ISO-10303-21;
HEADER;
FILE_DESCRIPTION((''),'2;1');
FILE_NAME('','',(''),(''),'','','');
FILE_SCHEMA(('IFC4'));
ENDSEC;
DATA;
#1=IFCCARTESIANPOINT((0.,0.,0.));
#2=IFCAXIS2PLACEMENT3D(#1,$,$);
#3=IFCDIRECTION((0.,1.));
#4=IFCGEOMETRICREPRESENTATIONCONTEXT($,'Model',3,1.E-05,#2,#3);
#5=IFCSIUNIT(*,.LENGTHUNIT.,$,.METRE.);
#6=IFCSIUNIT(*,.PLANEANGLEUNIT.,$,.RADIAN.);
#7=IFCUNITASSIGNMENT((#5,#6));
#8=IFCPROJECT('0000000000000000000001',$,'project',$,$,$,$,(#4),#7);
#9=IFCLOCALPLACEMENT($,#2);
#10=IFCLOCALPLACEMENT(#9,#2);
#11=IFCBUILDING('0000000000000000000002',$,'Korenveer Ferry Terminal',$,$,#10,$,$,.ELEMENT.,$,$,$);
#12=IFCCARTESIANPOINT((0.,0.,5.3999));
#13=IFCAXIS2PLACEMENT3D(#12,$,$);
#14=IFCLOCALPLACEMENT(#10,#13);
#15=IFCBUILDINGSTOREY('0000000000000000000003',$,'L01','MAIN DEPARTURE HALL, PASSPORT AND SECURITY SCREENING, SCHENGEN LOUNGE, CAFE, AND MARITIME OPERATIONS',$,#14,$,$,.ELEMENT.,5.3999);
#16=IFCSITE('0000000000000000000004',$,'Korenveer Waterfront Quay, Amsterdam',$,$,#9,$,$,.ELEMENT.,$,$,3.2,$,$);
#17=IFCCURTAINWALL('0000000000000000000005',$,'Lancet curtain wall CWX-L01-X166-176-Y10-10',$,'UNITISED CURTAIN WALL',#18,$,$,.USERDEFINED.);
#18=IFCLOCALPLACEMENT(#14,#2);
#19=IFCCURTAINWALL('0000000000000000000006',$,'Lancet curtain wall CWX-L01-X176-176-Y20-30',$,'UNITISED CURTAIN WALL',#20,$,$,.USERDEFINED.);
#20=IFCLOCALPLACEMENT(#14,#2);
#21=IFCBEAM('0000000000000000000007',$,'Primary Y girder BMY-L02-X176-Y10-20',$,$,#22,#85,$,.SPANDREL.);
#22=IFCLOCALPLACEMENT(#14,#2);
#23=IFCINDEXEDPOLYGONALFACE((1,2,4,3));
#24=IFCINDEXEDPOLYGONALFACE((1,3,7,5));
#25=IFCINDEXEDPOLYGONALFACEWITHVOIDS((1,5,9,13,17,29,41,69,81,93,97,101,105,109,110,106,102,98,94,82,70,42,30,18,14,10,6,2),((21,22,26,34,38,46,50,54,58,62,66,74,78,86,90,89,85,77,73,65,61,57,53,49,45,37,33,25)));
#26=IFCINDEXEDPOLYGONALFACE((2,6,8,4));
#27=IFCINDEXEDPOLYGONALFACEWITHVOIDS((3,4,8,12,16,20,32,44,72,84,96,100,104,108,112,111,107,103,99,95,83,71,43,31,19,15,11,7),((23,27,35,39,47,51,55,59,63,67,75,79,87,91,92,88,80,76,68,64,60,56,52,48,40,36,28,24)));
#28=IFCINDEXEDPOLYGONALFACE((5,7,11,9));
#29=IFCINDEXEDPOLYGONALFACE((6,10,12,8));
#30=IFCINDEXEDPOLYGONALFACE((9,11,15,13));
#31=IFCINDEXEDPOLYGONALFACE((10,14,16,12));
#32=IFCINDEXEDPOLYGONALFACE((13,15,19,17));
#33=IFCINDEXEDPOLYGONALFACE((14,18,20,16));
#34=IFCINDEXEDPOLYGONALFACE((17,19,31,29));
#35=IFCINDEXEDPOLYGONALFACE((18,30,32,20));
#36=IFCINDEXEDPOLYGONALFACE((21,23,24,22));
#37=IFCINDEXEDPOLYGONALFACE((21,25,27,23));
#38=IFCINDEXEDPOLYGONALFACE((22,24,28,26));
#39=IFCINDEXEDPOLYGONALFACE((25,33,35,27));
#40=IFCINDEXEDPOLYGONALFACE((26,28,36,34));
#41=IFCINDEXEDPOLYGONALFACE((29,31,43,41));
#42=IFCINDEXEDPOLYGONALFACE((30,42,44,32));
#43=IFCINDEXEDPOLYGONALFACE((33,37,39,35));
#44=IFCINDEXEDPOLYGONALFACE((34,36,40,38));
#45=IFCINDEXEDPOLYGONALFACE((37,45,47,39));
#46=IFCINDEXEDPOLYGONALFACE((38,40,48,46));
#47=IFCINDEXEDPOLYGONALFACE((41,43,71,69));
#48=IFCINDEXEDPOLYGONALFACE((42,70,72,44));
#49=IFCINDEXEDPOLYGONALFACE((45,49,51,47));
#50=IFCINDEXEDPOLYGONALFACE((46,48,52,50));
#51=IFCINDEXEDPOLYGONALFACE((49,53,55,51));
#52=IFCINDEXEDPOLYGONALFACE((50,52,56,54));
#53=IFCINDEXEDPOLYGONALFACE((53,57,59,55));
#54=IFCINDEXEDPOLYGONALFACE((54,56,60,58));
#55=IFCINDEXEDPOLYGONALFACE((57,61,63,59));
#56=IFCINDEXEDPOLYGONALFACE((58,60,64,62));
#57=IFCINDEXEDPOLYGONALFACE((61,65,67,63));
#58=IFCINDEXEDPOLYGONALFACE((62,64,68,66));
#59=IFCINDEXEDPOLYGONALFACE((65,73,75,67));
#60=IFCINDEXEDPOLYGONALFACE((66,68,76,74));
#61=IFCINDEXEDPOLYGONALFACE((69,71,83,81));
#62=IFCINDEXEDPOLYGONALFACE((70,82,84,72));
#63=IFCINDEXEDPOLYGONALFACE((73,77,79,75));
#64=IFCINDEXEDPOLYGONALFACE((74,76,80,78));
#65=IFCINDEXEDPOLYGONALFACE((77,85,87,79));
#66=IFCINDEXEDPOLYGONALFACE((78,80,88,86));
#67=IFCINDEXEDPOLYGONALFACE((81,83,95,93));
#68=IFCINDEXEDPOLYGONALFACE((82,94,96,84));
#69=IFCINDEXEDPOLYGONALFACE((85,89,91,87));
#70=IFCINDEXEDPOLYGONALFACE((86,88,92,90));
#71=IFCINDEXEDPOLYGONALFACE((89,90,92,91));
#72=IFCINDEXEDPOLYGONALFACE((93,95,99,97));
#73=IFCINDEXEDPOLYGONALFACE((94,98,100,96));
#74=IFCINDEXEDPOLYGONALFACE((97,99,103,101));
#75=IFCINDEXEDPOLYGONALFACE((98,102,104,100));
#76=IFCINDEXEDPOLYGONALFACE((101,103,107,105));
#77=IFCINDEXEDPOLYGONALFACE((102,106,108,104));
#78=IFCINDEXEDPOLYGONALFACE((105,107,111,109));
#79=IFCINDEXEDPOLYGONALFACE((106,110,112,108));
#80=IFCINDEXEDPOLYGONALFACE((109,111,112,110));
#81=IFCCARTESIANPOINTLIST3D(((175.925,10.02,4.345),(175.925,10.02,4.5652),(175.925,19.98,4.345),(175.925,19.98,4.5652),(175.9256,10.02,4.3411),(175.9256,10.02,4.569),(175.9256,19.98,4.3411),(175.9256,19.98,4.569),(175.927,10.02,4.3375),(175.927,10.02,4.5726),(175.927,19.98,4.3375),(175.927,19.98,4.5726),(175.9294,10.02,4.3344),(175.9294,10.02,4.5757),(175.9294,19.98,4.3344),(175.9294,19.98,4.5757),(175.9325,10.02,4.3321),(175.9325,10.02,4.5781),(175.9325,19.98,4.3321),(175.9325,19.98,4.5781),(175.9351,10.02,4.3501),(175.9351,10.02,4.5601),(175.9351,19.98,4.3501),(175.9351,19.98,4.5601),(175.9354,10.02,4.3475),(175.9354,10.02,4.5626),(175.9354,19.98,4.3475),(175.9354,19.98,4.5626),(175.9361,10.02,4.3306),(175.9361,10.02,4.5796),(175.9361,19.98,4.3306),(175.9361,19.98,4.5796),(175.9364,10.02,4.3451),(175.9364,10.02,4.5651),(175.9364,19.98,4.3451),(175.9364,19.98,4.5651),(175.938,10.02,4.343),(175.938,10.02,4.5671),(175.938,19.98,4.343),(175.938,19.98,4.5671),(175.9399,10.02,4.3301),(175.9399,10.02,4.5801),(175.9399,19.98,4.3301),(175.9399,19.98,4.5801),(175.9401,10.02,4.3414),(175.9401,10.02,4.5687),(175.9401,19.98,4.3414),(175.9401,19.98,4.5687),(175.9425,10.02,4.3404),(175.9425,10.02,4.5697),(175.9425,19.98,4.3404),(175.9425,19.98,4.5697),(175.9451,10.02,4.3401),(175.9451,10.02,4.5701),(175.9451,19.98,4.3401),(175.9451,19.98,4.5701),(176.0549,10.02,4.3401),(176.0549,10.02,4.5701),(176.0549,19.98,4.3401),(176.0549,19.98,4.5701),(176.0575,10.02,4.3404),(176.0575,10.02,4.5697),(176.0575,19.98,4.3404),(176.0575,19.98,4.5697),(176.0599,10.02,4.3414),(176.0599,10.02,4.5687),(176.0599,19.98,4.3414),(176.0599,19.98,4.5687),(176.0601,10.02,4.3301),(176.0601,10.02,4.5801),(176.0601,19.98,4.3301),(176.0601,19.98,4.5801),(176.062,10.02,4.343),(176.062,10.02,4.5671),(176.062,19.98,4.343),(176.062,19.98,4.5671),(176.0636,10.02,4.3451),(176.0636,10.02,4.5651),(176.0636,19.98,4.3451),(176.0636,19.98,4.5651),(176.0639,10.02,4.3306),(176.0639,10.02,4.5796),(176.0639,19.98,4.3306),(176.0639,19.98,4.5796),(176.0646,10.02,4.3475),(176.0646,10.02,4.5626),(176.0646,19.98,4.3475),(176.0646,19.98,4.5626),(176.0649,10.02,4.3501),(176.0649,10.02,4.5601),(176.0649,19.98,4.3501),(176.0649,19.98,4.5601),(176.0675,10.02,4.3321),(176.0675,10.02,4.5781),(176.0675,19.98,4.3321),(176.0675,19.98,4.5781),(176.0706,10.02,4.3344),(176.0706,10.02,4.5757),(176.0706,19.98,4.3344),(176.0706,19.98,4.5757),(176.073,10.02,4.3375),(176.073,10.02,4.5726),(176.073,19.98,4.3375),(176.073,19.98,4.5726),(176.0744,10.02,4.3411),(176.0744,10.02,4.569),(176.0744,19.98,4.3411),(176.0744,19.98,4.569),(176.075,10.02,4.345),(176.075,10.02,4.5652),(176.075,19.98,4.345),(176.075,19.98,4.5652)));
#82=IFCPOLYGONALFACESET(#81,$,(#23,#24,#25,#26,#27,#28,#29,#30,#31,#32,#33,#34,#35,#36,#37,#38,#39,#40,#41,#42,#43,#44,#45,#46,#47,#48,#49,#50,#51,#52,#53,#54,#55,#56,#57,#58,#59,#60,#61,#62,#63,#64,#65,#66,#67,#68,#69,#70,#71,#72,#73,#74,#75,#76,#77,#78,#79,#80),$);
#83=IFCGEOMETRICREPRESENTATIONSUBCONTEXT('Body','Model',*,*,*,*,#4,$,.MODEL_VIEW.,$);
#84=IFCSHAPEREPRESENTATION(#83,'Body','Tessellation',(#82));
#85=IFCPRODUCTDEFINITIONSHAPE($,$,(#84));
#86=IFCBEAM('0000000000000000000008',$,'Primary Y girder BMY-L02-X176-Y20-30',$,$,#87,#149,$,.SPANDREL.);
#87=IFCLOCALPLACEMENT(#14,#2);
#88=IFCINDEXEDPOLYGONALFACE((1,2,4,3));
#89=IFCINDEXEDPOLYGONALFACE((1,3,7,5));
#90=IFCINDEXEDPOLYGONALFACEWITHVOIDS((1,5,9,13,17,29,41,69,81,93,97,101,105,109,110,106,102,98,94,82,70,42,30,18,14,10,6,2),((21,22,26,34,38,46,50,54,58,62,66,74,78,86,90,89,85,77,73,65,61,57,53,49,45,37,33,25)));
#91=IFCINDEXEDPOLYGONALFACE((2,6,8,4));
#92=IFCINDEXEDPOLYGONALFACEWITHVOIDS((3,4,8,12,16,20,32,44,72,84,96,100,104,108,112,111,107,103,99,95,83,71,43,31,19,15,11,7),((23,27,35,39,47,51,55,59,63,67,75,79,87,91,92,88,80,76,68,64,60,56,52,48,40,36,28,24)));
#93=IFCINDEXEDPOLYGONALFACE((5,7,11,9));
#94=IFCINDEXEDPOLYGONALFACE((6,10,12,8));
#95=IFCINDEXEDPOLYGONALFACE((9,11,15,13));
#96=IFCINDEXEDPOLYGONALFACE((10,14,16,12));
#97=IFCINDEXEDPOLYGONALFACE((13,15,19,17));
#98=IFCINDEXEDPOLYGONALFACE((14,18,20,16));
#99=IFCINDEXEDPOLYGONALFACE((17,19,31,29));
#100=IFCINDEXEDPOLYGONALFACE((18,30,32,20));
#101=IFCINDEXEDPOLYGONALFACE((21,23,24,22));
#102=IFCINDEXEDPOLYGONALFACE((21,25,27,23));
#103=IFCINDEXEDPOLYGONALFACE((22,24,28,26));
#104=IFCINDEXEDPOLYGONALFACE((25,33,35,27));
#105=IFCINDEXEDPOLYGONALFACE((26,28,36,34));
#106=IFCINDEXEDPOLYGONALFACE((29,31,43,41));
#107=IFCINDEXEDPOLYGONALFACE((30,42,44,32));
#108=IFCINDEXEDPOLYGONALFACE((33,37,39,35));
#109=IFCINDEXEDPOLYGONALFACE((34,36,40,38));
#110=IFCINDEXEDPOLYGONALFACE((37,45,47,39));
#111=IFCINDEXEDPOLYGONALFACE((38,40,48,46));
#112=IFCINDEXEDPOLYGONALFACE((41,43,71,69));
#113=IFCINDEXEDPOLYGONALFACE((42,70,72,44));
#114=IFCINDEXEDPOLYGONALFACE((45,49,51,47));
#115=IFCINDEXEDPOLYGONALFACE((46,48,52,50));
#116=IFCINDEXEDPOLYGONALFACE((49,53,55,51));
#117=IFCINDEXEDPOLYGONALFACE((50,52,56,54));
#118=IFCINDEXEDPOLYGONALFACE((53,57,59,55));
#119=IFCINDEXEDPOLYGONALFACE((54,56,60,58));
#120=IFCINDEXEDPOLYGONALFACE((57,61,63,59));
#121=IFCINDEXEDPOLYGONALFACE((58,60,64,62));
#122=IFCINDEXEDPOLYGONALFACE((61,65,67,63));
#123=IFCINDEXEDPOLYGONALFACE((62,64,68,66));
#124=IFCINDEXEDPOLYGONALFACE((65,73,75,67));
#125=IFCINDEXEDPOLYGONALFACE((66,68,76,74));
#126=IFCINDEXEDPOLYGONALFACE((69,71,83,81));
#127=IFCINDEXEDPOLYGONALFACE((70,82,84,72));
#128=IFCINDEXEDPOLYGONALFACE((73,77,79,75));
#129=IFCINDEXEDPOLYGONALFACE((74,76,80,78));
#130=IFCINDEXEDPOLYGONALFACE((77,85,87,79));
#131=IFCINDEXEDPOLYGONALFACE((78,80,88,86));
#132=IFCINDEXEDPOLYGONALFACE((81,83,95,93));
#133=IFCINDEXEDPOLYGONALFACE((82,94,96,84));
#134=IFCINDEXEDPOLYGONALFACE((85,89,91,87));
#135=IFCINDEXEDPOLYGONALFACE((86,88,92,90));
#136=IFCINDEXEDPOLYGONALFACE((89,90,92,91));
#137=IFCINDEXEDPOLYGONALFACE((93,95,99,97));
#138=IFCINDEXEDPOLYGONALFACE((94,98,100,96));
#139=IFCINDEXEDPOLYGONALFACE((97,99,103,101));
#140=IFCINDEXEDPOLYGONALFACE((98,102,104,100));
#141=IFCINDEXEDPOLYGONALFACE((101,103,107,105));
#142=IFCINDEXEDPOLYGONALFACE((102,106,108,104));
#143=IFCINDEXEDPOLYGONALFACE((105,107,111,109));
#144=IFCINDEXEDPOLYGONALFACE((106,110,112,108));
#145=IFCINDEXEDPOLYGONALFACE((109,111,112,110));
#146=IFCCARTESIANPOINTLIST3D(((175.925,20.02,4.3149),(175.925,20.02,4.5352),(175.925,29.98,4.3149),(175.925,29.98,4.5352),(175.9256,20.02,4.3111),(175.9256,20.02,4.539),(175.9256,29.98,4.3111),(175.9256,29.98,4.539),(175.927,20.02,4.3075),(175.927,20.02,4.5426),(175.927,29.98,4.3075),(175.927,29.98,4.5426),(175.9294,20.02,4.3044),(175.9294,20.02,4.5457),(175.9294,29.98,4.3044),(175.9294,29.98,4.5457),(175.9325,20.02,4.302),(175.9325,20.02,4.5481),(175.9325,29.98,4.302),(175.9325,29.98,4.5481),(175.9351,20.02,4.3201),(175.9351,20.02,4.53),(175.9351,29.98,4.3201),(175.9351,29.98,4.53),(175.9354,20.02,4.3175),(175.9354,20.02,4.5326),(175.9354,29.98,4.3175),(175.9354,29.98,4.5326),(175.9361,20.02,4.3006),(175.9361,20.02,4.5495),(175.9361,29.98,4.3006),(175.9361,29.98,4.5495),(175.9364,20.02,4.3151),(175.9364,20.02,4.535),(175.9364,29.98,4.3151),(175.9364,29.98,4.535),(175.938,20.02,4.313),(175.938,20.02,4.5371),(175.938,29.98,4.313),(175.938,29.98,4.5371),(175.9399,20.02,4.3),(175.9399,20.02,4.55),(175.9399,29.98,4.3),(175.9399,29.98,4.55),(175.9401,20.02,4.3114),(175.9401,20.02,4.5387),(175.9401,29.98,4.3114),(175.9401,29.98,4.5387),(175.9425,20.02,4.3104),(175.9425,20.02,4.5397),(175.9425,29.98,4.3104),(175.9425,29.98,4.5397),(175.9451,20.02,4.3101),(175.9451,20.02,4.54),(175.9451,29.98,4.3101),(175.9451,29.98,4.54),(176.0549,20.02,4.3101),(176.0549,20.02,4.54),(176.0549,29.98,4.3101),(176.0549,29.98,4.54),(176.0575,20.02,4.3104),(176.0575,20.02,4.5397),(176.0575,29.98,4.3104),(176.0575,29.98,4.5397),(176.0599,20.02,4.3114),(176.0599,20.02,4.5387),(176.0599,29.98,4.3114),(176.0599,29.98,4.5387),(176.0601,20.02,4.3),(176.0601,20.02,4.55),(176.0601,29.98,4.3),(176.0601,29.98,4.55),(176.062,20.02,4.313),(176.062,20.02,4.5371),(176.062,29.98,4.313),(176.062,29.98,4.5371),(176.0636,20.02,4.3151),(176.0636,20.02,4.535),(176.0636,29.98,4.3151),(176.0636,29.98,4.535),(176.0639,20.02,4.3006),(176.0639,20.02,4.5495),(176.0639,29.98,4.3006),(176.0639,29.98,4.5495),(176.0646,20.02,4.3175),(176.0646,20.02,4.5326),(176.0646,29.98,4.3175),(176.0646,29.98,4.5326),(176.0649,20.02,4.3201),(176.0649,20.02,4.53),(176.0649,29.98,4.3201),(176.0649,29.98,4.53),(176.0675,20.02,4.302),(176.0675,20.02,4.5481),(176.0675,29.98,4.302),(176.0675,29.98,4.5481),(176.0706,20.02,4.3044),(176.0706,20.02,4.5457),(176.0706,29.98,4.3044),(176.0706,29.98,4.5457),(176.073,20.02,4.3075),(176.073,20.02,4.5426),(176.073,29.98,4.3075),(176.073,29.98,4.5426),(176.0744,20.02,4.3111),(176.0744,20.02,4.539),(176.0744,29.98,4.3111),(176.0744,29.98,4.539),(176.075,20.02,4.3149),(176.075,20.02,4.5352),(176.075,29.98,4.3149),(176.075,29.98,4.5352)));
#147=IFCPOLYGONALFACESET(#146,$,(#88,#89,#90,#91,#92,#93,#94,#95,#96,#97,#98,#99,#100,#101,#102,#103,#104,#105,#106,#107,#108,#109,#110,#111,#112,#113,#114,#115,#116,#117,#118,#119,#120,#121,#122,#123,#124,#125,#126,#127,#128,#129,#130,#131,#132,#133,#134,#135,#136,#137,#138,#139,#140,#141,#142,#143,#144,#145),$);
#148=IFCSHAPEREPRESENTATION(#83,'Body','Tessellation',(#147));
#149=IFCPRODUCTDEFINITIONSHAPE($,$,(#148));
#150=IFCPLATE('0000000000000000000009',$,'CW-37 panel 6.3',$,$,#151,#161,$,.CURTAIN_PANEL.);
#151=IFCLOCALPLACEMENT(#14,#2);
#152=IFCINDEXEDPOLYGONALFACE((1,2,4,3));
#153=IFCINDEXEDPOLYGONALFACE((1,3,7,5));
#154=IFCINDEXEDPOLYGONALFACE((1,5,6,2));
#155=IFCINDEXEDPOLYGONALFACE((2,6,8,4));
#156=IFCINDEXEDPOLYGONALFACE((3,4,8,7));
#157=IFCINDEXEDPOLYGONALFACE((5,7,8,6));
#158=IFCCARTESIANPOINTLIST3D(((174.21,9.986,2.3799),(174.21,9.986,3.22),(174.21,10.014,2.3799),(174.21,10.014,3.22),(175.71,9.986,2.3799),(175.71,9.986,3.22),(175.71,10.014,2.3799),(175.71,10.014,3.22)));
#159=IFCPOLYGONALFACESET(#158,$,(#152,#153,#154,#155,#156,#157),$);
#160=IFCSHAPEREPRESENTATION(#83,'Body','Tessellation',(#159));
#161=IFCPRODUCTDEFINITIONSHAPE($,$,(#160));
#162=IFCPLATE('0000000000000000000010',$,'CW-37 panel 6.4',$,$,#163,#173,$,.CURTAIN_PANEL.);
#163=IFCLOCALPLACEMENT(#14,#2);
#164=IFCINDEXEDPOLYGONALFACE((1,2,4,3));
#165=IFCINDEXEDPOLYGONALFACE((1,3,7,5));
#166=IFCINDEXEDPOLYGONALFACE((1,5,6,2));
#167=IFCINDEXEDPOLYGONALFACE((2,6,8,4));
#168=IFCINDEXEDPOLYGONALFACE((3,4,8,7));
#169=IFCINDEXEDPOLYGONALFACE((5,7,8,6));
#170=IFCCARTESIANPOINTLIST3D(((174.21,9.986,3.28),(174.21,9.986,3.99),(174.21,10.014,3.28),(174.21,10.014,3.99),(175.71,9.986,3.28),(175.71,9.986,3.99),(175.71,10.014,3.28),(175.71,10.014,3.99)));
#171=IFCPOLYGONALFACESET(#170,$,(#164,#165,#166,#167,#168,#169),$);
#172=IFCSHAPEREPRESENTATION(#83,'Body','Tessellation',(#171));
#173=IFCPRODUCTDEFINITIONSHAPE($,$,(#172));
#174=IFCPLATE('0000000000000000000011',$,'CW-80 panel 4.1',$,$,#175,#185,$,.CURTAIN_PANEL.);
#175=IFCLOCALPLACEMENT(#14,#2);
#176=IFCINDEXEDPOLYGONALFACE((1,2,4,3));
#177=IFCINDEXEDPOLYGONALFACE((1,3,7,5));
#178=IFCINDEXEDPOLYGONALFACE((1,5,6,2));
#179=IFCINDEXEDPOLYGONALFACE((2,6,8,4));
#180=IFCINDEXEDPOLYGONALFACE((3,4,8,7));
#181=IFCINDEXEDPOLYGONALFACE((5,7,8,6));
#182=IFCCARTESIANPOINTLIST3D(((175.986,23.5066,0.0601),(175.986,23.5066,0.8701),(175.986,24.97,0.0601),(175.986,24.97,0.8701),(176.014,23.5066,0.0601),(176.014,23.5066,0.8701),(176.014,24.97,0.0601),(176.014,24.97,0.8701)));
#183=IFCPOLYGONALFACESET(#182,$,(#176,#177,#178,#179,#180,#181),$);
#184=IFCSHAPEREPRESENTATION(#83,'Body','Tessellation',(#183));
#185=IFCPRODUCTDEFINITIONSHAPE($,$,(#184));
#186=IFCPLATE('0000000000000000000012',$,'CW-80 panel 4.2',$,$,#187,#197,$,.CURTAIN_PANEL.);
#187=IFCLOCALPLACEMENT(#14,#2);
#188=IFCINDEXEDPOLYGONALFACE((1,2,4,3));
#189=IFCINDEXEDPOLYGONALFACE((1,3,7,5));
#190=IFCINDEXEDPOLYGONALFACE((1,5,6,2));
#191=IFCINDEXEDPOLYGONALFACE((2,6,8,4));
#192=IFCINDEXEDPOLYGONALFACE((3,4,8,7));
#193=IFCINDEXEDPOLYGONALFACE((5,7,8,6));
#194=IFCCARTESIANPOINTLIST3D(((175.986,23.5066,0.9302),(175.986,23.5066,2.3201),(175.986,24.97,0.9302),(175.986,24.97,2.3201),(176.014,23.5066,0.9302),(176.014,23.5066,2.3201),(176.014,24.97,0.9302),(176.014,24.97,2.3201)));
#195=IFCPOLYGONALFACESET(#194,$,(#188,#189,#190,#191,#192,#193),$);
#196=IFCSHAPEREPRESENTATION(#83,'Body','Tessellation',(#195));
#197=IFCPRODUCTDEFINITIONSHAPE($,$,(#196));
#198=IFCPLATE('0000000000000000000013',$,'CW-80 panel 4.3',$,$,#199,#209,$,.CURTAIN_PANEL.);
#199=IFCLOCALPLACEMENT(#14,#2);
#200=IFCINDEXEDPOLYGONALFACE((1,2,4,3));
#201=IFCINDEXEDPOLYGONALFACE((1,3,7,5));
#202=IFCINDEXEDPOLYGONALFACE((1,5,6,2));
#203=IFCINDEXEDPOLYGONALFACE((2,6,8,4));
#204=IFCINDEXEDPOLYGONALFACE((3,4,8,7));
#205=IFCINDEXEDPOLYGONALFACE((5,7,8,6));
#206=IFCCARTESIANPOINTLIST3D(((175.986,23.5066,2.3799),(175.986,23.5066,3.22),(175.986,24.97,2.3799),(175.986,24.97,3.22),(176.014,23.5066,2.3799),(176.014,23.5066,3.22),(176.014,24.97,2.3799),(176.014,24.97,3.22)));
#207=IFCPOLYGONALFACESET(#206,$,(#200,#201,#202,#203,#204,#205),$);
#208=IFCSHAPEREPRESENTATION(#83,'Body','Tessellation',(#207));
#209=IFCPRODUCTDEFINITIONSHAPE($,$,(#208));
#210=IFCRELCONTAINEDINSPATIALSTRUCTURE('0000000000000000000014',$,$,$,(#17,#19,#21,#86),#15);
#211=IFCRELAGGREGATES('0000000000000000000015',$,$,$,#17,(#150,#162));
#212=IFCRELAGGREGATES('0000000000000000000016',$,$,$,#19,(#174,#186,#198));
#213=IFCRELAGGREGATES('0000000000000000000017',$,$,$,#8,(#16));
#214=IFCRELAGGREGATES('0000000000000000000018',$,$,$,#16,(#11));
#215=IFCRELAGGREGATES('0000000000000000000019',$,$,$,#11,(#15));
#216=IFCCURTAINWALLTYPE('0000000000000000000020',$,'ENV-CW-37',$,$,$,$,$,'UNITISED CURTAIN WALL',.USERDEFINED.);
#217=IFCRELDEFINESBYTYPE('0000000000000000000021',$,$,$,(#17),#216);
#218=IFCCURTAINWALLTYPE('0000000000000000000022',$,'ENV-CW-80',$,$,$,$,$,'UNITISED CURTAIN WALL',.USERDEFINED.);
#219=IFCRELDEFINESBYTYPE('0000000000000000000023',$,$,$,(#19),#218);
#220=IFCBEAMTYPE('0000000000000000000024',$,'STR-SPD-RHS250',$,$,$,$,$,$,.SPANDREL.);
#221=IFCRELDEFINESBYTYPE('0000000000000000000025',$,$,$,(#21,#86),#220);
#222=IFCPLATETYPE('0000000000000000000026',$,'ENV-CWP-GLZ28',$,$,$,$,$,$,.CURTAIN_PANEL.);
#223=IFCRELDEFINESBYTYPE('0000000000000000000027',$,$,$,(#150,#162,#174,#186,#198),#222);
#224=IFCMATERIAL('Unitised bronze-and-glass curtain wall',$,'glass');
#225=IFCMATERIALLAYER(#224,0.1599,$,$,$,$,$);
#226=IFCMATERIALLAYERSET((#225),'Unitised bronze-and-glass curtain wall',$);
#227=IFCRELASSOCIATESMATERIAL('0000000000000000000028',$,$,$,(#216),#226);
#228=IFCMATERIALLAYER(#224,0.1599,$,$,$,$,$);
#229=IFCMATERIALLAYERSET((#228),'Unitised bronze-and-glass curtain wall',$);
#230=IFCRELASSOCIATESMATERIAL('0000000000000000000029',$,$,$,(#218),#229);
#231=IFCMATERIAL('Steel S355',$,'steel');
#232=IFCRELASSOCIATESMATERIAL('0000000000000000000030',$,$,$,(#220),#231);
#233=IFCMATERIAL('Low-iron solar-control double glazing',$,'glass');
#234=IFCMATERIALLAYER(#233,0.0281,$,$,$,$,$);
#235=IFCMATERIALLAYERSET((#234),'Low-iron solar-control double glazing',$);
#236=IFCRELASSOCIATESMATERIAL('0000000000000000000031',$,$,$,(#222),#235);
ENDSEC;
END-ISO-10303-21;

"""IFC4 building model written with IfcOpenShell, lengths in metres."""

from ifc_helpers import new_model, si_unit, direction, frame, origin, origin_2d, place, context, subcontext, project, spatial, rectangle, hollow_rectangle, extrude, material, layer, layer_set, material_profile, profile_set, type_object, element, aggregate, save


model = new_model("IFC4")

# Units and contexts
model_context = context("Model", 3, precision=1e-05, world=origin(), true_north=direction((0.0, 1.0)))
body_context = subcontext(model_context, "Body", "Model", "MODEL_VIEW")
ifc_project = project(units=[si_unit("LENGTHUNIT", "METRE"), si_unit("PLANEANGLEUNIT", "RADIAN")], contexts=[model_context])

# Site, building, storey
site_placement = place(None, origin())
site = spatial("IfcSite", under=ifc_project, at=site_placement, Name="Korenveer Waterfront Quay, Amsterdam", CompositionType="ELEMENT", RefElevation=3.2)
building_placement = place(site_placement, origin())
building = spatial("IfcBuilding", under=site, at=building_placement, Name="Korenveer Ferry Terminal", CompositionType="ELEMENT")
storey_placement = place(building_placement, frame((0.0, 0.0, 5.3999)))
storey = spatial("IfcBuildingStorey", under=building, at=storey_placement, Name="L01", Description="MAIN DEPARTURE HALL, PASSPORT AND SECURITY SCREENING, SCHENGEN LOUNGE, CAFE, AND MARITIME OPERATIONS", CompositionType="ELEMENT", Elevation=5.3999)

# Shared definitions
ifc_material_1 = material(Name="Steel S355", Category="steel")

# Curtain wall
ifc_material_2 = material(Name="Unitised bronze-and-glass curtain wall", Category="glass")
ifc_layer_1 = layer(ifc_material_2, 0.1599)
ifc_layer_set_1 = layer_set([ifc_layer_1], Name="Unitised bronze-and-glass curtain wall")
curtain_wall_type_1 = type_object("IfcCurtainWallType", Name="ENV-CW-37", ElementType="UNITISED CURTAIN WALL", PredefinedType="USERDEFINED", material=ifc_layer_set_1)
curtain_wall_1_placement = place(storey_placement, frame((166.23, 10.0, 0.0)))
curtain_wall_1 = element("IfcCurtainWall", 1, at=curtain_wall_1_placement, inside=storey, type_object=curtain_wall_type_1, Name="Lancet curtain wall CWX-L01-X166-176-Y10-10", ObjectType="UNITISED CURTAIN WALL", PredefinedType="USERDEFINED")

# Curtain wall
ifc_layer_2 = layer(ifc_material_2, 0.1599)
ifc_layer_set_2 = layer_set([ifc_layer_2], Name="Unitised bronze-and-glass curtain wall")
curtain_wall_type_2 = type_object("IfcCurtainWallType", Name="ENV-CW-80", ElementType="UNITISED CURTAIN WALL", PredefinedType="USERDEFINED", material=ifc_layer_set_2)
curtain_wall_2_placement = place(storey_placement, frame((176.0, 29.5701, 0.0)))
curtain_wall_2 = element("IfcCurtainWall", 2, at=curtain_wall_2_placement, inside=storey, type_object=curtain_wall_type_2, Name="Lancet curtain wall CWX-L01-X176-176-Y20-30", ObjectType="UNITISED CURTAIN WALL", PredefinedType="USERDEFINED")

# Beams
ifc_material_profile_1 = material_profile(ifc_material_1, hollow_rectangle(XDim=0.1499, YDim=0.25, WallThickness=0.01, InnerFilletRadius=0.01, OuterFilletRadius=0.0149, at=origin_2d()), Name="RHS 250x150x10")
ifc_profile_set_1 = profile_set([ifc_material_profile_1], Name="Steel S355")
beam_type_1 = type_object("IfcBeamType", Name="STR-SPD-RHS250", PredefinedType="SPANDREL", material=ifc_profile_set_1)
for number, where, z_axis, x_axis, name in (
    (3, (176.0, 10.02, 4.4551), (0.0, 1.0, 0.0), (-1.0, 0.0, 0.0), "Primary Y girder BMY-L02-X176-Y10-20"),
    (4, (176.0, 20.02, 4.425), (0.0, 1.0, 0.0), (-1.0, 0.0, 0.0), "Primary Y girder BMY-L02-X176-Y20-30"),
):
    element("IfcBeam", number, at=place(storey_placement, frame(where, z_axis=z_axis, x_axis=x_axis)), inside=storey, type_object=beam_type_1, Name=name, PredefinedType="SPANDREL", context=body_context, shape_type="SweptSolid", body=[
        extrude(hollow_rectangle(XDim=0.1499, YDim=0.25, WallThickness=0.01, InnerFilletRadius=0.01, OuterFilletRadius=0.0149, at=origin_2d()), origin(), (0.0, 0.0, 1.0), 9.96),
    ])

# Plates
ifc_material_3 = material(Name="Low-iron solar-control double glazing", Category="glass")
ifc_layer_3 = layer(ifc_material_3, 0.0281)
ifc_layer_set_3 = layer_set([ifc_layer_3], Name="Low-iron solar-control double glazing")
plate_type_1 = type_object("IfcPlateType", Name="ENV-CWP-GLZ28", PredefinedType="CURTAIN_PANEL", material=ifc_layer_set_3)
plate_1_placement = place(storey_placement, frame((174.96, 10.0, 2.3799), z_axis=(0.0, 0.0, 1.0), x_axis=(1.0, 0.0, 0.0)))
plate_1 = element("IfcPlate", 5, at=plate_1_placement, type_object=plate_type_1, Name="CW-37 panel 6.3", PredefinedType="CURTAIN_PANEL", context=body_context, shape_type="SweptSolid", body=[
    extrude(rectangle(XDim=1.5, YDim=0.0281, at=origin_2d()), origin(), (0.0, 0.0, 1.0), 0.8401),
])
plate_2_placement = place(storey_placement, frame((174.96, 10.0, 3.28), z_axis=(0.0, 0.0, 1.0), x_axis=(1.0, 0.0, 0.0)))
plate_2 = element("IfcPlate", 6, at=plate_2_placement, type_object=plate_type_1, Name="CW-37 panel 6.4", PredefinedType="CURTAIN_PANEL", context=body_context, shape_type="SweptSolid", body=[
    extrude(rectangle(XDim=1.5, YDim=0.0281, at=origin_2d()), origin(), (0.0, 0.0, 1.0), 0.71),
])
aggregate(curtain_wall_1, [plate_1, plate_2])
plate_3_placement = place(storey_placement, frame((176.0, 24.2383, 0.0601), z_axis=(0.0, 0.0, 1.0), x_axis=(0.0, -1.0, 0.0)))
plate_3 = element("IfcPlate", 7, at=plate_3_placement, type_object=plate_type_1, Name="CW-80 panel 4.1", PredefinedType="CURTAIN_PANEL", context=body_context, shape_type="SweptSolid", body=[
    extrude(rectangle(XDim=1.4634, YDim=0.0281, at=origin_2d()), origin(), (0.0, 0.0, 1.0), 0.8101),
])
plate_4_placement = place(storey_placement, frame((176.0, 24.2383, 0.9302), z_axis=(0.0, 0.0, 1.0), x_axis=(0.0, -1.0, 0.0)))
plate_4 = element("IfcPlate", 8, at=plate_4_placement, type_object=plate_type_1, Name="CW-80 panel 4.2", PredefinedType="CURTAIN_PANEL", context=body_context, shape_type="SweptSolid", body=[
    extrude(rectangle(XDim=1.4634, YDim=0.0281, at=origin_2d()), origin(), (0.0, 0.0, 1.0), 1.3899),
])
plate_5_placement = place(storey_placement, frame((176.0, 24.2383, 2.3799), z_axis=(0.0, 0.0, 1.0), x_axis=(0.0, -1.0, 0.0)))
plate_5 = element("IfcPlate", 9, at=plate_5_placement, type_object=plate_type_1, Name="CW-80 panel 4.3", PredefinedType="CURTAIN_PANEL", context=body_context, shape_type="SweptSolid", body=[
    extrude(rectangle(XDim=1.4634, YDim=0.0281, at=origin_2d()), origin(), (0.0, 0.0, 1.0), 0.8401),
])
aggregate(curtain_wall_2, [plate_3, plate_4, plate_5])

save(model, "model.ifc")
